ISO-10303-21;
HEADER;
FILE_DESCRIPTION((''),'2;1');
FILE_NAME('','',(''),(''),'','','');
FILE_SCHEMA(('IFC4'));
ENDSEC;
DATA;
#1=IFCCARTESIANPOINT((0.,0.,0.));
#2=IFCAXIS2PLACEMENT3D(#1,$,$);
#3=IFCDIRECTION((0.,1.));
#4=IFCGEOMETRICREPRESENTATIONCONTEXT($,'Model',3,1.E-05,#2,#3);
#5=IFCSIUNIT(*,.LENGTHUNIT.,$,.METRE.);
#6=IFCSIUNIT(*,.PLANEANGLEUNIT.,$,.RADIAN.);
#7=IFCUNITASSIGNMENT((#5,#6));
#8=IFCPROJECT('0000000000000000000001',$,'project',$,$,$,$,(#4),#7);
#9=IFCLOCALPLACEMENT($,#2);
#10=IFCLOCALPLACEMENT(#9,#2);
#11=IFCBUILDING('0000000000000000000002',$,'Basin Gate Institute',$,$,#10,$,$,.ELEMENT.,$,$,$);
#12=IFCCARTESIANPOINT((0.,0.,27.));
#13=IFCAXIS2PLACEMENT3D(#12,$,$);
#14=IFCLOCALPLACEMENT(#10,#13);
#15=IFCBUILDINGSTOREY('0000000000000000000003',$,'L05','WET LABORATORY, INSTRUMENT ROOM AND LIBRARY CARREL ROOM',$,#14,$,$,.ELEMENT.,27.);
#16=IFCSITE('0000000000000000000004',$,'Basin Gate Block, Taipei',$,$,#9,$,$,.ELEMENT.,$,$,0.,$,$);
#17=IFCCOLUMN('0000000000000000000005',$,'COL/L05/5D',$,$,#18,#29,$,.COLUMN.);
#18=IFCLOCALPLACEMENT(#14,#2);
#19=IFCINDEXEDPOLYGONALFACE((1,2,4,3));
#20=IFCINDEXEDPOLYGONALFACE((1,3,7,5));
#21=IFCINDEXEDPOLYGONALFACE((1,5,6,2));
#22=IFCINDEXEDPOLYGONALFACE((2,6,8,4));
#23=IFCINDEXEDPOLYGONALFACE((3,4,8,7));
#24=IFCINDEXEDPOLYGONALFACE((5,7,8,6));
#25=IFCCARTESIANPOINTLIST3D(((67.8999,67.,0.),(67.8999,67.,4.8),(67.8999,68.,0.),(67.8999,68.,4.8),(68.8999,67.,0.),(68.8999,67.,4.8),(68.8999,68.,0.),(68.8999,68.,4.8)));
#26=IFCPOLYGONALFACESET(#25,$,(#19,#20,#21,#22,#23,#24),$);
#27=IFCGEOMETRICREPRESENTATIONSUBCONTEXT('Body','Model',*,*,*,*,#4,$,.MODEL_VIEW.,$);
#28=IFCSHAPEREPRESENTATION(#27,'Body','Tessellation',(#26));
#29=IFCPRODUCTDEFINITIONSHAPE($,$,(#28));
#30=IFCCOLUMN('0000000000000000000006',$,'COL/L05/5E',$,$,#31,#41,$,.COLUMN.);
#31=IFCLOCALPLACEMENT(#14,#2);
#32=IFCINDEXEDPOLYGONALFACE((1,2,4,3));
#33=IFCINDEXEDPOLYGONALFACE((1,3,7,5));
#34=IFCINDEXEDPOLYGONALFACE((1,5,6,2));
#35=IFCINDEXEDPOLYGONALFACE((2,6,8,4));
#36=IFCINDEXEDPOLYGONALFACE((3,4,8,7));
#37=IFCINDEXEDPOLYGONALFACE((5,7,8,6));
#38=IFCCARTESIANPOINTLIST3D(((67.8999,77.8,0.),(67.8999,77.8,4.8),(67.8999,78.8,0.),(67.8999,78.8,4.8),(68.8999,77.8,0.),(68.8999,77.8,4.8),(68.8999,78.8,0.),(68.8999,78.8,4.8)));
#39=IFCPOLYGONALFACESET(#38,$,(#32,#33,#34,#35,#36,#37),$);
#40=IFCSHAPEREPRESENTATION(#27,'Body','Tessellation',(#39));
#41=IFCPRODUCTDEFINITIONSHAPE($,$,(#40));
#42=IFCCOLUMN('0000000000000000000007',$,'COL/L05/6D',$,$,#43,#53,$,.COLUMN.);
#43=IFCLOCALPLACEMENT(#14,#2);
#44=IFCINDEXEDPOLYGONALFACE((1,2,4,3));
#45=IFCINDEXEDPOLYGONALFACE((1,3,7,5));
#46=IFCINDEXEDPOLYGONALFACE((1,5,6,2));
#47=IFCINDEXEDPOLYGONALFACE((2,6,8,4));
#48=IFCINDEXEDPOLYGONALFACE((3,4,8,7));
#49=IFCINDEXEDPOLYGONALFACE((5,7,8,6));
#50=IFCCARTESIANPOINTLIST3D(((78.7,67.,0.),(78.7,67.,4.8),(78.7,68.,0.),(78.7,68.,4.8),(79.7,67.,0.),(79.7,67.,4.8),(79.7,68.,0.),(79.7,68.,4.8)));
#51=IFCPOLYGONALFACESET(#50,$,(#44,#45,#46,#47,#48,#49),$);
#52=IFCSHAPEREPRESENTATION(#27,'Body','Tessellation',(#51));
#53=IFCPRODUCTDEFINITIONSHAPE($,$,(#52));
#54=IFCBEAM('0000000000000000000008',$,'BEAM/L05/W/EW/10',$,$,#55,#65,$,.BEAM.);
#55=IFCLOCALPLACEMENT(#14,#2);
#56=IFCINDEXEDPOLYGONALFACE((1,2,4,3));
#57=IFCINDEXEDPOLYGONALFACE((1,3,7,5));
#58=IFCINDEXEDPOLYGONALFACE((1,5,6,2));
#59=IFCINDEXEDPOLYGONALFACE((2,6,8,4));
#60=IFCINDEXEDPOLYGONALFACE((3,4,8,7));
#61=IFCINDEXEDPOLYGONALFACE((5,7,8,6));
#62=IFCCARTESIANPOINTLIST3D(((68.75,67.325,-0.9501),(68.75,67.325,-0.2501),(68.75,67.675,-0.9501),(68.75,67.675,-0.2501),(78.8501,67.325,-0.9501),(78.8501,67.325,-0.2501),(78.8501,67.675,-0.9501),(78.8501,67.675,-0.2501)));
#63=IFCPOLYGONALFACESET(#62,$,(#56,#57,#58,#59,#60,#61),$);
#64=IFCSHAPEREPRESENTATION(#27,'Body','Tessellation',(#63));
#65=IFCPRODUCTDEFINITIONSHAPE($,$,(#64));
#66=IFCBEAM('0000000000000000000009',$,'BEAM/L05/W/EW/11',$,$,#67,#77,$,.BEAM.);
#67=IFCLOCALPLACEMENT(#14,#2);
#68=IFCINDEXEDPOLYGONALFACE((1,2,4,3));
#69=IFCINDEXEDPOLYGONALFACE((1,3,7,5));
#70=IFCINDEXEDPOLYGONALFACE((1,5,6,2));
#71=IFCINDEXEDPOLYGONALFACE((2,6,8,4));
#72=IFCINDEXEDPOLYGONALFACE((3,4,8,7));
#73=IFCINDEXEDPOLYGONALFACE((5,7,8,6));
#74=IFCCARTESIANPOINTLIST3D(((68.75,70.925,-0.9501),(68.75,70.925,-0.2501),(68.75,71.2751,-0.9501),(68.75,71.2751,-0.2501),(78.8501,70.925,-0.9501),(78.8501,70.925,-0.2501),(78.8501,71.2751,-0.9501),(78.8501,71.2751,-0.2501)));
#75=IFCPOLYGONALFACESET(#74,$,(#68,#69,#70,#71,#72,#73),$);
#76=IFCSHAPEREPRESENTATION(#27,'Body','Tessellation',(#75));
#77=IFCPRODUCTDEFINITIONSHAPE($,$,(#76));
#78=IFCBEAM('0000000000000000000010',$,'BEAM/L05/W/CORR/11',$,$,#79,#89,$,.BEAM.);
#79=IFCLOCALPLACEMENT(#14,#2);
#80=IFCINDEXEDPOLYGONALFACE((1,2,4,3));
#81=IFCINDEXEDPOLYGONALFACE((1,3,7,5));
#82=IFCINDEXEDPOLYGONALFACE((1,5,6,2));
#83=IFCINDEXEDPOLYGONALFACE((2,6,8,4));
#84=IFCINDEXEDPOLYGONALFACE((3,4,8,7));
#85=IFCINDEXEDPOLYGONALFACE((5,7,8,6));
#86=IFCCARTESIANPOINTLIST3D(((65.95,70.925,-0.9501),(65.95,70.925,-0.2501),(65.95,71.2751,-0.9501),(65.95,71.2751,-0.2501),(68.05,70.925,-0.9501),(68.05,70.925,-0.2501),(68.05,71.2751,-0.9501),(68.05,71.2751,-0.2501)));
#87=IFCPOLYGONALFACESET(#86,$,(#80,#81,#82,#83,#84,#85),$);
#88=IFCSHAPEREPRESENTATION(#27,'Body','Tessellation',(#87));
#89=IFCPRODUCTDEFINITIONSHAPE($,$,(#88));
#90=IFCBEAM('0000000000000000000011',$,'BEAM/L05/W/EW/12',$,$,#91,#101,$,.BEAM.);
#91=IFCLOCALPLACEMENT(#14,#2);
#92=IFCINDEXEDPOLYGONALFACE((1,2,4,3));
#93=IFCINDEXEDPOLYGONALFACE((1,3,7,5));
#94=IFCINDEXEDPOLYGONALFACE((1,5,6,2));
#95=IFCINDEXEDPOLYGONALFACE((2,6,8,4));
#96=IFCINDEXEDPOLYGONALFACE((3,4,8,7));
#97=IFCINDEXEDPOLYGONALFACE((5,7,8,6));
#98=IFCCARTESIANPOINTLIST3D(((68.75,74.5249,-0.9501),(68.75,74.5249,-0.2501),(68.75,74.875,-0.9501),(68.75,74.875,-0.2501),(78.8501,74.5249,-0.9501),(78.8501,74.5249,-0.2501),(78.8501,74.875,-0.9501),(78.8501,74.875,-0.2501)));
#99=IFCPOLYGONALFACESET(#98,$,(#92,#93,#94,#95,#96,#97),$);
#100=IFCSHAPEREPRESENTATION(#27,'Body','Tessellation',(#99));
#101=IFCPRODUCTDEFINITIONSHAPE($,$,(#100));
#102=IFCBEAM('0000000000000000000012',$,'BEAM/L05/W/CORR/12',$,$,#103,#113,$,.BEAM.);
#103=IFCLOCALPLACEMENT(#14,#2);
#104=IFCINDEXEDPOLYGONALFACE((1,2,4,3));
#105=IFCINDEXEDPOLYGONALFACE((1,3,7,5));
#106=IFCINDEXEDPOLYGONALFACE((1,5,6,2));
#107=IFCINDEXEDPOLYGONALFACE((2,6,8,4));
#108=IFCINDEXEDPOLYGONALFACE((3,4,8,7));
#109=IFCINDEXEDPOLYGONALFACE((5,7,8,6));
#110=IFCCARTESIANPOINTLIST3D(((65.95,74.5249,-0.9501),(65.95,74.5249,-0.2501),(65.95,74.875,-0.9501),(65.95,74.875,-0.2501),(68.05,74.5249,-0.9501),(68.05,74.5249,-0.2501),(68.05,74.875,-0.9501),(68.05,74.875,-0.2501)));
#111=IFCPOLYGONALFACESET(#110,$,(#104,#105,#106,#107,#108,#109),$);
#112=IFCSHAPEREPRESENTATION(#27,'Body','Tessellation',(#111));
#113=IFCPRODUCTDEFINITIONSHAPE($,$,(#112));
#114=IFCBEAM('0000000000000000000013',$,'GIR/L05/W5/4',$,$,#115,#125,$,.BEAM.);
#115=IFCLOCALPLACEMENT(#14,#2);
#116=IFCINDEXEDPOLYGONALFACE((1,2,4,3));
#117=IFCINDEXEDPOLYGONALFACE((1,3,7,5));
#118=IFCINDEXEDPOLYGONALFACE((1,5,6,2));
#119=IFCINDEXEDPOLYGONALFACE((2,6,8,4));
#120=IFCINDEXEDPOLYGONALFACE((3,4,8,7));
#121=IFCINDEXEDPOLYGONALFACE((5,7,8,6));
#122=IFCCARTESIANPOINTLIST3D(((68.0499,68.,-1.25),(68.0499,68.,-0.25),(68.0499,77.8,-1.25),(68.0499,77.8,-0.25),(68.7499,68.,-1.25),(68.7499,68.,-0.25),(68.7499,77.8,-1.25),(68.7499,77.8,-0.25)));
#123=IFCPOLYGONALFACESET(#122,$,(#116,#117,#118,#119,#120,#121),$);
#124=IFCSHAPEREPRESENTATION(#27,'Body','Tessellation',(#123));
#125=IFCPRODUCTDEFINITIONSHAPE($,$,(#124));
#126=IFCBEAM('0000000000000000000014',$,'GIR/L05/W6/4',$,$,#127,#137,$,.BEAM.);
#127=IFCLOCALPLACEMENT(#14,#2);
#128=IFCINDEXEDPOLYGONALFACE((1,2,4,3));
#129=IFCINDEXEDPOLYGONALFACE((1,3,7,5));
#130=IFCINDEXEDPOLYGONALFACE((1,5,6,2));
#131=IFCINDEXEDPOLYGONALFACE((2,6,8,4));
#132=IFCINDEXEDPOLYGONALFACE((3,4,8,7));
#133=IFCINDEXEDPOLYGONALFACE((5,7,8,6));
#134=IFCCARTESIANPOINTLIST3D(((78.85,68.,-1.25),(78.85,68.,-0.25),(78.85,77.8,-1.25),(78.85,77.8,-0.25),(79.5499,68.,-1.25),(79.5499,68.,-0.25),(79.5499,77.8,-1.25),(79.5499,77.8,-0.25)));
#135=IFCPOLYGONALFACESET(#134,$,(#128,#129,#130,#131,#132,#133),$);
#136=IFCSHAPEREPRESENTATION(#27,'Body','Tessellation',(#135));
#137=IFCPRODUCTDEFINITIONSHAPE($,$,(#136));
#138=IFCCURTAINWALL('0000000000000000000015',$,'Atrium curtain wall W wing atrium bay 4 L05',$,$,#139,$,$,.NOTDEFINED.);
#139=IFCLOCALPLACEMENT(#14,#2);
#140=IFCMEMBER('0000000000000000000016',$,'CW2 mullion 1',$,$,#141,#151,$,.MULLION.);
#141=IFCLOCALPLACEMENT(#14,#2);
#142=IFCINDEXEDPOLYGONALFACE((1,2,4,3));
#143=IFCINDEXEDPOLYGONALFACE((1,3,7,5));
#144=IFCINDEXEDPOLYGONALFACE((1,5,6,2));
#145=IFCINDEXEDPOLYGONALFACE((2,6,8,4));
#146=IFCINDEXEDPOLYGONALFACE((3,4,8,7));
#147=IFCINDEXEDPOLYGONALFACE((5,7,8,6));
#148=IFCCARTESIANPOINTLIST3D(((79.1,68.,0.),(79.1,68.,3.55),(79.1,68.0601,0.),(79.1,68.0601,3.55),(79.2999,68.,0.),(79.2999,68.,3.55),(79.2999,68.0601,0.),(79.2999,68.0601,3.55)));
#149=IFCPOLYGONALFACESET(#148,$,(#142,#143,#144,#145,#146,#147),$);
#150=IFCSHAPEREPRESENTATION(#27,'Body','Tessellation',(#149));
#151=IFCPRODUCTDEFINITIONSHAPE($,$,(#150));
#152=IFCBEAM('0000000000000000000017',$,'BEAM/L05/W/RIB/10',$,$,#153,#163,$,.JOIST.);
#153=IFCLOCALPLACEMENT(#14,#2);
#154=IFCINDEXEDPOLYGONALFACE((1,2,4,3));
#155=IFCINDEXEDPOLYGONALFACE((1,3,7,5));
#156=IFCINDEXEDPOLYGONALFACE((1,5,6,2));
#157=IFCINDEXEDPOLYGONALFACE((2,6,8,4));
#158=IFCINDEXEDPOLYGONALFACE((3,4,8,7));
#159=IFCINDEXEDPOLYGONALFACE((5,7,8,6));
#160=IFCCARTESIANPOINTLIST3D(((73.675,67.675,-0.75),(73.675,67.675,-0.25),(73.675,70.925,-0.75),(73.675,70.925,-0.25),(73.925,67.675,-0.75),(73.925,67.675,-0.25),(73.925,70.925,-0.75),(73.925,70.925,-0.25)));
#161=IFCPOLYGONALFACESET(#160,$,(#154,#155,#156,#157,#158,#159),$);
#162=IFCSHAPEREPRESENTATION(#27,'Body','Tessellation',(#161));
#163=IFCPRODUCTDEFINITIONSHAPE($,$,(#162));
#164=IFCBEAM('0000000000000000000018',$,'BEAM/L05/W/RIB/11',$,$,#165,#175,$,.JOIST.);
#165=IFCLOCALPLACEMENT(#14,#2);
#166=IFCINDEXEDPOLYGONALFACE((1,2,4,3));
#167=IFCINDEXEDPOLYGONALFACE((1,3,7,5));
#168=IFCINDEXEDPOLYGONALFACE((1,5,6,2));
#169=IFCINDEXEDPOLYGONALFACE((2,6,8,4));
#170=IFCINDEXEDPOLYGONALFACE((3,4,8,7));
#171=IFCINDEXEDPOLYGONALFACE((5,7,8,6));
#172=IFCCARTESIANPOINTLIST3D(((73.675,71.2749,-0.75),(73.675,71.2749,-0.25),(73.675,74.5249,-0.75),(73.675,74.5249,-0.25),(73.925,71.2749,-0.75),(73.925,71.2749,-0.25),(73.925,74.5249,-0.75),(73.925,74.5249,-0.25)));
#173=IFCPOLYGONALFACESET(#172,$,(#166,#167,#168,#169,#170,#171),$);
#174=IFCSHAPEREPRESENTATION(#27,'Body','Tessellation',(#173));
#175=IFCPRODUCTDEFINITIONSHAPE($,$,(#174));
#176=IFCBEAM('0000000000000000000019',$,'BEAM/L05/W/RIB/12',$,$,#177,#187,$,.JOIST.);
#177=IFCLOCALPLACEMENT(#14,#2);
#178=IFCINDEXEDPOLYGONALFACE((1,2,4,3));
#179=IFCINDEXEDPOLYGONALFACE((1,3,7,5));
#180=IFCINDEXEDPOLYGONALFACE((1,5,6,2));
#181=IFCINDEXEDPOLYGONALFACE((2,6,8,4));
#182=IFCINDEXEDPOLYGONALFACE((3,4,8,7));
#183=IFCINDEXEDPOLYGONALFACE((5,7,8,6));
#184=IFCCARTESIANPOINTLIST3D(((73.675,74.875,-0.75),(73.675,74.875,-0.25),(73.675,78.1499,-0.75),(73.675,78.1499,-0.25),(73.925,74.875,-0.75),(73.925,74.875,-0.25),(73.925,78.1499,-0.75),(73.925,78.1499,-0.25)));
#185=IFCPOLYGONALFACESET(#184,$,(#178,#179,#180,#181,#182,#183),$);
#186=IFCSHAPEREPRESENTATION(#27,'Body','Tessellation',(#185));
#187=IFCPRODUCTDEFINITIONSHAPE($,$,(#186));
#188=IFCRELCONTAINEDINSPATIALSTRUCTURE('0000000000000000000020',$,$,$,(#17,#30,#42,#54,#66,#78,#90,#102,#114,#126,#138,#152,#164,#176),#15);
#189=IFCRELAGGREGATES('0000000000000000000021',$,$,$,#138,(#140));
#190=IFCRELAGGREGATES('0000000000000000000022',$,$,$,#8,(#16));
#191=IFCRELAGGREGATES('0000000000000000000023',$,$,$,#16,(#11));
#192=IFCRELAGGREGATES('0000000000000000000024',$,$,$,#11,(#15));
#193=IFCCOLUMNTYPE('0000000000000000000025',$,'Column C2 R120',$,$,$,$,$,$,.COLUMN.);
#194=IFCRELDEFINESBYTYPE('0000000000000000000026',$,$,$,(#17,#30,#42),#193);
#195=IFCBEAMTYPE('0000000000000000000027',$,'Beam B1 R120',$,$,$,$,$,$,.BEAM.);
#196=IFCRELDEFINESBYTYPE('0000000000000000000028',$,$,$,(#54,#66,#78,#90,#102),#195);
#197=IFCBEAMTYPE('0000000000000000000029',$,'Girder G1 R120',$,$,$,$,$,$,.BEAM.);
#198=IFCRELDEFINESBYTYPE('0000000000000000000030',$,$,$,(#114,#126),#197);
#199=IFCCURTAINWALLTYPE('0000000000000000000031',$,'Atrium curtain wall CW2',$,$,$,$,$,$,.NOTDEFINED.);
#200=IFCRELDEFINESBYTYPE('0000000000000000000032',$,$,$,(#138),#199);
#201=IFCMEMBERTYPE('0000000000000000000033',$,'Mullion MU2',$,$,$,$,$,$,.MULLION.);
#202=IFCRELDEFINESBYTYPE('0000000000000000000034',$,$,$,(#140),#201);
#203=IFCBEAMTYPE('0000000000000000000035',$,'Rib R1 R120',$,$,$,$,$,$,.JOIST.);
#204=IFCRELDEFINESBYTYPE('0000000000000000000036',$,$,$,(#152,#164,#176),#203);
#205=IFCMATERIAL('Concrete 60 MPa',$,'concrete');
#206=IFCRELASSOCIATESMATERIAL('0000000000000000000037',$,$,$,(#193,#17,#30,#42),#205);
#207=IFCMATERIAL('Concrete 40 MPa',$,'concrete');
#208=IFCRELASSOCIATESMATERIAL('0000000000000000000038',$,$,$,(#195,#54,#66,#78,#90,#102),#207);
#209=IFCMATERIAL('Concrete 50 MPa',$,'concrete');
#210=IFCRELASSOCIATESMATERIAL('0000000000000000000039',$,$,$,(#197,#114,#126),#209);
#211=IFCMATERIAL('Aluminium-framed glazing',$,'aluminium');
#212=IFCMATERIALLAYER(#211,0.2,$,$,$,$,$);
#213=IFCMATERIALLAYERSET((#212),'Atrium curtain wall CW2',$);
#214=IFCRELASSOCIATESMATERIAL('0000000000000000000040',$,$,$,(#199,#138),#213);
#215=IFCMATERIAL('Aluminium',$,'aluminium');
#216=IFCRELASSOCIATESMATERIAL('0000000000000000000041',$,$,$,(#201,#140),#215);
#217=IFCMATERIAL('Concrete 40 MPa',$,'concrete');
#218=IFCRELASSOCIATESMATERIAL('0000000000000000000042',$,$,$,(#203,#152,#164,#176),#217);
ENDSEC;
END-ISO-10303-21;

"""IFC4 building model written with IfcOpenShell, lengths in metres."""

from ifc_helpers import new_model, si_unit, direction, frame, origin, origin_2d, place, context, subcontext, project, spatial, rectangle, extrude, material, layer, layer_set, material_profile, profile_set, type_object, element, aggregate, save


model = new_model("IFC4")

# Units and contexts
model_context = context("Model", 3, precision=1e-05, world=origin(), true_north=direction((0.0, 1.0)))
body_context = subcontext(model_context, "Body", "Model", "MODEL_VIEW")
ifc_project = project(units=[si_unit("LENGTHUNIT", "METRE"), si_unit("PLANEANGLEUNIT", "RADIAN")], contexts=[model_context])

# Site, building, storey
site_placement = place(None, origin())
site = spatial("IfcSite", under=ifc_project, at=site_placement, Name="Basin Gate Block, Taipei", CompositionType="ELEMENT", RefElevation=0.0)
building_placement = place(site_placement, origin())
building = spatial("IfcBuilding", under=site, at=building_placement, Name="Basin Gate Institute", CompositionType="ELEMENT")
storey_placement = place(building_placement, frame((0.0, 0.0, 27.0)))
storey = spatial("IfcBuildingStorey", under=building, at=storey_placement, Name="L05", Description="WET LABORATORY, INSTRUMENT ROOM AND LIBRARY CARREL ROOM", CompositionType="ELEMENT", Elevation=27.0)

# Columns
ifc_material_1 = material(Name="Concrete 60 MPa", Category="concrete")
ifc_material_profile_1 = material_profile(ifc_material_1, rectangle(XDim=1.0, YDim=1.0, at=origin_2d()), Name="Column C2 1000 x 1000")
ifc_profile_set_1 = profile_set([ifc_material_profile_1], Name="Concrete 60 MPa")
column_type = type_object("IfcColumnType", Name="Column C2 R120", PredefinedType="COLUMN", material=ifc_profile_set_1)
for number, where, z_axis, x_axis, name in (
    (1, (68.3999, 67.5, 0.0), (0.0, 0.0, 1.0), (1.0, 0.0, 0.0), "COL/L05/5D"),
    (2, (68.3999, 78.3, 0.0), (0.0, 0.0, 1.0), (1.0, 0.0, 0.0), "COL/L05/5E"),
    (3, (79.2, 67.5, 0.0), (0.0, 0.0, 1.0), (1.0, 0.0, 0.0), "COL/L05/6D"),
):
    element("IfcColumn", number, at=place(storey_placement, frame(where, z_axis=z_axis, x_axis=x_axis)), inside=storey, type_object=column_type, material=ifc_profile_set_1, Name=name, PredefinedType="COLUMN", context=body_context, shape_type="SweptSolid", body=[
        extrude(rectangle(XDim=1.0, YDim=1.0, at=origin_2d()), origin(), (0.0, 0.0, 1.0), 4.8),
    ])

# Beams
ifc_material_2 = material(Name="Concrete 40 MPa", Category="concrete")
ifc_material_profile_2 = material_profile(ifc_material_2, rectangle(XDim=0.3501, YDim=0.7, at=origin_2d()), Name="Beam B1 350 x 700")
ifc_profile_set_2 = profile_set([ifc_material_profile_2], Name="Concrete 40 MPa")
beam_type_1 = type_object("IfcBeamType", Name="Beam B1 R120", PredefinedType="BEAM", material=ifc_profile_set_2)
for number, where, z_axis, x_axis, name in (
    (4, (68.75, 67.5, -0.6001), (1.0, 0.0, 0.0), (0.0, 1.0, 0.0), "BEAM/L05/W/EW/10"),
    (5, (68.75, 71.1001, -0.6001), (1.0, 0.0, 0.0), (0.0, 1.0, 0.0), "BEAM/L05/W/EW/11"),
):
    element("IfcBeam", number, at=place(storey_placement, frame(where, z_axis=z_axis, x_axis=x_axis)), inside=storey, type_object=beam_type_1, material=ifc_profile_set_2, Name=name, PredefinedType="BEAM", context=body_context, shape_type="SweptSolid", body=[
        extrude(rectangle(XDim=0.3501, YDim=0.7, at=origin_2d()), origin(), (0.0, 0.0, 1.0), 10.1001),
    ])
beam_1_placement = place(storey_placement, frame((65.95, 71.1001, -0.6001), z_axis=(1.0, 0.0, 0.0), x_axis=(0.0, 1.0, 0.0)))
element("IfcBeam", 6, at=beam_1_placement, inside=storey, type_object=beam_type_1, material=ifc_profile_set_2, Name="BEAM/L05/W/CORR/11", PredefinedType="BEAM", context=body_context, shape_type="SweptSolid", body=[
    extrude(rectangle(XDim=0.3501, YDim=0.7, at=origin_2d()), origin(), (0.0, 0.0, 1.0), 2.1001),
])
beam_2_placement = place(storey_placement, frame((68.75, 74.7, -0.6001), z_axis=(1.0, 0.0, 0.0), x_axis=(0.0, 1.0, 0.0)))
element("IfcBeam", 7, at=beam_2_placement, inside=storey, type_object=beam_type_1, material=ifc_profile_set_2, Name="BEAM/L05/W/EW/12", PredefinedType="BEAM", context=body_context, shape_type="SweptSolid", body=[
    extrude(rectangle(XDim=0.3501, YDim=0.7, at=origin_2d()), origin(), (0.0, 0.0, 1.0), 10.1001),
])
beam_3_placement = place(storey_placement, frame((65.95, 74.7, -0.6001), z_axis=(1.0, 0.0, 0.0), x_axis=(0.0, 1.0, 0.0)))
element("IfcBeam", 8, at=beam_3_placement, inside=storey, type_object=beam_type_1, material=ifc_profile_set_2, Name="BEAM/L05/W/CORR/12", PredefinedType="BEAM", context=body_context, shape_type="SweptSolid", body=[
    extrude(rectangle(XDim=0.3501, YDim=0.7, at=origin_2d()), origin(), (0.0, 0.0, 1.0), 2.1001),
])
ifc_material_3 = material(Name="Concrete 50 MPa", Category="concrete")
ifc_material_profile_3 = material_profile(ifc_material_3, rectangle(XDim=0.7, YDim=1.0, at=origin_2d()), Name="Girder G1 700 x 1000")
ifc_profile_set_3 = profile_set([ifc_material_profile_3], Name="Concrete 50 MPa")
beam_type_2 = type_object("IfcBeamType", Name="Girder G1 R120", PredefinedType="BEAM", material=ifc_profile_set_3)
for number, where, z_axis, x_axis, name in (
    (9, (68.3999, 68.0, -0.75), (0.0, 1.0, 0.0), (-1.0, 0.0, 0.0), "GIR/L05/W5/4"),
    (10, (79.2, 68.0, -0.75), (0.0, 1.0, 0.0), (-1.0, 0.0, 0.0), "GIR/L05/W6/4"),
):
    element("IfcBeam", number, at=place(storey_placement, frame(where, z_axis=z_axis, x_axis=x_axis)), inside=storey, type_object=beam_type_2, material=ifc_profile_set_3, Name=name, PredefinedType="BEAM", context=body_context, shape_type="SweptSolid", body=[
        extrude(rectangle(XDim=0.7, YDim=1.0, at=origin_2d()), origin(), (0.0, 0.0, 1.0), 9.8),
    ])

# Curtain wall, member
ifc_material_4 = material(Name="Aluminium-framed glazing", Category="aluminium")
ifc_layer_1 = layer(ifc_material_4, 0.2)
ifc_layer_set_1 = layer_set([ifc_layer_1], Name="Atrium curtain wall CW2")
curtain_wall_type = type_object("IfcCurtainWallType", Name="Atrium curtain wall CW2", PredefinedType="NOTDEFINED", material=ifc_layer_set_1)
curtain_wall_placement = place(storey_placement, origin())
curtain_wall = element("IfcCurtainWall", 11, at=curtain_wall_placement, inside=storey, type_object=curtain_wall_type, material=ifc_layer_set_1, Name="Atrium curtain wall W wing atrium bay 4 L05", PredefinedType="NOTDEFINED")
ifc_material_5 = material(Name="Aluminium", Category="aluminium")
ifc_material_profile_4 = material_profile(ifc_material_5, rectangle(XDim=0.2, YDim=0.0601, at=origin_2d()), Name="Mullion MU2 200 x 60")
ifc_profile_set_4 = profile_set([ifc_material_profile_4], Name="Aluminium")
member_type_1 = type_object("IfcMemberType", Name="Mullion MU2", PredefinedType="MULLION", material=ifc_profile_set_4)
member_1_placement = place(storey_placement, frame((79.2, 68.03, 0.0), z_axis=(0.0, 0.0, 1.0), x_axis=(-1.0, 0.0, 0.0)))
member_1 = element("IfcMember", 12, at=member_1_placement, type_object=member_type_1, material=ifc_profile_set_4, Name="CW2 mullion 1", PredefinedType="MULLION", context=body_context, shape_type="SweptSolid", body=[
    extrude(rectangle(XDim=0.2, YDim=0.0601, at=origin_2d()), origin(), (0.0, 0.0, 1.0), 3.55),
])

# Beams
ifc_material_6 = material(Name="Concrete 40 MPa", Category="concrete")
ifc_material_profile_5 = material_profile(ifc_material_6, rectangle(XDim=0.25, YDim=0.5, at=origin_2d()), Name="Rib R1 250 x 500")
ifc_profile_set_5 = profile_set([ifc_material_profile_5], Name="Concrete 40 MPa")
beam_type_3 = type_object("IfcBeamType", Name="Rib R1 R120", PredefinedType="JOIST", material=ifc_profile_set_5)
for number, where, z_axis, x_axis, name in (
    (13, (73.8, 67.675, -0.5), (0.0, 1.0, 0.0), (-1.0, 0.0, 0.0), "BEAM/L05/W/RIB/10"),
    (14, (73.8, 71.2749, -0.5), (0.0, 1.0, 0.0), (-1.0, 0.0, 0.0), "BEAM/L05/W/RIB/11"),
):
    element("IfcBeam", number, at=place(storey_placement, frame(where, z_axis=z_axis, x_axis=x_axis)), inside=storey, type_object=beam_type_3, material=ifc_profile_set_5, Name=name, PredefinedType="JOIST", context=body_context, shape_type="SweptSolid", body=[
        extrude(rectangle(XDim=0.25, YDim=0.5, at=origin_2d()), origin(), (0.0, 0.0, 1.0), 3.25),
    ])
beam_4_placement = place(storey_placement, frame((73.8, 74.875, -0.5), z_axis=(0.0, 1.0, 0.0), x_axis=(-1.0, 0.0, 0.0)))
element("IfcBeam", 15, at=beam_4_placement, inside=storey, type_object=beam_type_3, material=ifc_profile_set_5, Name="BEAM/L05/W/RIB/12", PredefinedType="JOIST", context=body_context, shape_type="SweptSolid", body=[
    extrude(rectangle(XDim=0.25, YDim=0.5, at=origin_2d()), origin(), (0.0, 0.0, 1.0), 3.2749),
])

aggregate(curtain_wall, [member_1])

save(model, "model.ifc")
